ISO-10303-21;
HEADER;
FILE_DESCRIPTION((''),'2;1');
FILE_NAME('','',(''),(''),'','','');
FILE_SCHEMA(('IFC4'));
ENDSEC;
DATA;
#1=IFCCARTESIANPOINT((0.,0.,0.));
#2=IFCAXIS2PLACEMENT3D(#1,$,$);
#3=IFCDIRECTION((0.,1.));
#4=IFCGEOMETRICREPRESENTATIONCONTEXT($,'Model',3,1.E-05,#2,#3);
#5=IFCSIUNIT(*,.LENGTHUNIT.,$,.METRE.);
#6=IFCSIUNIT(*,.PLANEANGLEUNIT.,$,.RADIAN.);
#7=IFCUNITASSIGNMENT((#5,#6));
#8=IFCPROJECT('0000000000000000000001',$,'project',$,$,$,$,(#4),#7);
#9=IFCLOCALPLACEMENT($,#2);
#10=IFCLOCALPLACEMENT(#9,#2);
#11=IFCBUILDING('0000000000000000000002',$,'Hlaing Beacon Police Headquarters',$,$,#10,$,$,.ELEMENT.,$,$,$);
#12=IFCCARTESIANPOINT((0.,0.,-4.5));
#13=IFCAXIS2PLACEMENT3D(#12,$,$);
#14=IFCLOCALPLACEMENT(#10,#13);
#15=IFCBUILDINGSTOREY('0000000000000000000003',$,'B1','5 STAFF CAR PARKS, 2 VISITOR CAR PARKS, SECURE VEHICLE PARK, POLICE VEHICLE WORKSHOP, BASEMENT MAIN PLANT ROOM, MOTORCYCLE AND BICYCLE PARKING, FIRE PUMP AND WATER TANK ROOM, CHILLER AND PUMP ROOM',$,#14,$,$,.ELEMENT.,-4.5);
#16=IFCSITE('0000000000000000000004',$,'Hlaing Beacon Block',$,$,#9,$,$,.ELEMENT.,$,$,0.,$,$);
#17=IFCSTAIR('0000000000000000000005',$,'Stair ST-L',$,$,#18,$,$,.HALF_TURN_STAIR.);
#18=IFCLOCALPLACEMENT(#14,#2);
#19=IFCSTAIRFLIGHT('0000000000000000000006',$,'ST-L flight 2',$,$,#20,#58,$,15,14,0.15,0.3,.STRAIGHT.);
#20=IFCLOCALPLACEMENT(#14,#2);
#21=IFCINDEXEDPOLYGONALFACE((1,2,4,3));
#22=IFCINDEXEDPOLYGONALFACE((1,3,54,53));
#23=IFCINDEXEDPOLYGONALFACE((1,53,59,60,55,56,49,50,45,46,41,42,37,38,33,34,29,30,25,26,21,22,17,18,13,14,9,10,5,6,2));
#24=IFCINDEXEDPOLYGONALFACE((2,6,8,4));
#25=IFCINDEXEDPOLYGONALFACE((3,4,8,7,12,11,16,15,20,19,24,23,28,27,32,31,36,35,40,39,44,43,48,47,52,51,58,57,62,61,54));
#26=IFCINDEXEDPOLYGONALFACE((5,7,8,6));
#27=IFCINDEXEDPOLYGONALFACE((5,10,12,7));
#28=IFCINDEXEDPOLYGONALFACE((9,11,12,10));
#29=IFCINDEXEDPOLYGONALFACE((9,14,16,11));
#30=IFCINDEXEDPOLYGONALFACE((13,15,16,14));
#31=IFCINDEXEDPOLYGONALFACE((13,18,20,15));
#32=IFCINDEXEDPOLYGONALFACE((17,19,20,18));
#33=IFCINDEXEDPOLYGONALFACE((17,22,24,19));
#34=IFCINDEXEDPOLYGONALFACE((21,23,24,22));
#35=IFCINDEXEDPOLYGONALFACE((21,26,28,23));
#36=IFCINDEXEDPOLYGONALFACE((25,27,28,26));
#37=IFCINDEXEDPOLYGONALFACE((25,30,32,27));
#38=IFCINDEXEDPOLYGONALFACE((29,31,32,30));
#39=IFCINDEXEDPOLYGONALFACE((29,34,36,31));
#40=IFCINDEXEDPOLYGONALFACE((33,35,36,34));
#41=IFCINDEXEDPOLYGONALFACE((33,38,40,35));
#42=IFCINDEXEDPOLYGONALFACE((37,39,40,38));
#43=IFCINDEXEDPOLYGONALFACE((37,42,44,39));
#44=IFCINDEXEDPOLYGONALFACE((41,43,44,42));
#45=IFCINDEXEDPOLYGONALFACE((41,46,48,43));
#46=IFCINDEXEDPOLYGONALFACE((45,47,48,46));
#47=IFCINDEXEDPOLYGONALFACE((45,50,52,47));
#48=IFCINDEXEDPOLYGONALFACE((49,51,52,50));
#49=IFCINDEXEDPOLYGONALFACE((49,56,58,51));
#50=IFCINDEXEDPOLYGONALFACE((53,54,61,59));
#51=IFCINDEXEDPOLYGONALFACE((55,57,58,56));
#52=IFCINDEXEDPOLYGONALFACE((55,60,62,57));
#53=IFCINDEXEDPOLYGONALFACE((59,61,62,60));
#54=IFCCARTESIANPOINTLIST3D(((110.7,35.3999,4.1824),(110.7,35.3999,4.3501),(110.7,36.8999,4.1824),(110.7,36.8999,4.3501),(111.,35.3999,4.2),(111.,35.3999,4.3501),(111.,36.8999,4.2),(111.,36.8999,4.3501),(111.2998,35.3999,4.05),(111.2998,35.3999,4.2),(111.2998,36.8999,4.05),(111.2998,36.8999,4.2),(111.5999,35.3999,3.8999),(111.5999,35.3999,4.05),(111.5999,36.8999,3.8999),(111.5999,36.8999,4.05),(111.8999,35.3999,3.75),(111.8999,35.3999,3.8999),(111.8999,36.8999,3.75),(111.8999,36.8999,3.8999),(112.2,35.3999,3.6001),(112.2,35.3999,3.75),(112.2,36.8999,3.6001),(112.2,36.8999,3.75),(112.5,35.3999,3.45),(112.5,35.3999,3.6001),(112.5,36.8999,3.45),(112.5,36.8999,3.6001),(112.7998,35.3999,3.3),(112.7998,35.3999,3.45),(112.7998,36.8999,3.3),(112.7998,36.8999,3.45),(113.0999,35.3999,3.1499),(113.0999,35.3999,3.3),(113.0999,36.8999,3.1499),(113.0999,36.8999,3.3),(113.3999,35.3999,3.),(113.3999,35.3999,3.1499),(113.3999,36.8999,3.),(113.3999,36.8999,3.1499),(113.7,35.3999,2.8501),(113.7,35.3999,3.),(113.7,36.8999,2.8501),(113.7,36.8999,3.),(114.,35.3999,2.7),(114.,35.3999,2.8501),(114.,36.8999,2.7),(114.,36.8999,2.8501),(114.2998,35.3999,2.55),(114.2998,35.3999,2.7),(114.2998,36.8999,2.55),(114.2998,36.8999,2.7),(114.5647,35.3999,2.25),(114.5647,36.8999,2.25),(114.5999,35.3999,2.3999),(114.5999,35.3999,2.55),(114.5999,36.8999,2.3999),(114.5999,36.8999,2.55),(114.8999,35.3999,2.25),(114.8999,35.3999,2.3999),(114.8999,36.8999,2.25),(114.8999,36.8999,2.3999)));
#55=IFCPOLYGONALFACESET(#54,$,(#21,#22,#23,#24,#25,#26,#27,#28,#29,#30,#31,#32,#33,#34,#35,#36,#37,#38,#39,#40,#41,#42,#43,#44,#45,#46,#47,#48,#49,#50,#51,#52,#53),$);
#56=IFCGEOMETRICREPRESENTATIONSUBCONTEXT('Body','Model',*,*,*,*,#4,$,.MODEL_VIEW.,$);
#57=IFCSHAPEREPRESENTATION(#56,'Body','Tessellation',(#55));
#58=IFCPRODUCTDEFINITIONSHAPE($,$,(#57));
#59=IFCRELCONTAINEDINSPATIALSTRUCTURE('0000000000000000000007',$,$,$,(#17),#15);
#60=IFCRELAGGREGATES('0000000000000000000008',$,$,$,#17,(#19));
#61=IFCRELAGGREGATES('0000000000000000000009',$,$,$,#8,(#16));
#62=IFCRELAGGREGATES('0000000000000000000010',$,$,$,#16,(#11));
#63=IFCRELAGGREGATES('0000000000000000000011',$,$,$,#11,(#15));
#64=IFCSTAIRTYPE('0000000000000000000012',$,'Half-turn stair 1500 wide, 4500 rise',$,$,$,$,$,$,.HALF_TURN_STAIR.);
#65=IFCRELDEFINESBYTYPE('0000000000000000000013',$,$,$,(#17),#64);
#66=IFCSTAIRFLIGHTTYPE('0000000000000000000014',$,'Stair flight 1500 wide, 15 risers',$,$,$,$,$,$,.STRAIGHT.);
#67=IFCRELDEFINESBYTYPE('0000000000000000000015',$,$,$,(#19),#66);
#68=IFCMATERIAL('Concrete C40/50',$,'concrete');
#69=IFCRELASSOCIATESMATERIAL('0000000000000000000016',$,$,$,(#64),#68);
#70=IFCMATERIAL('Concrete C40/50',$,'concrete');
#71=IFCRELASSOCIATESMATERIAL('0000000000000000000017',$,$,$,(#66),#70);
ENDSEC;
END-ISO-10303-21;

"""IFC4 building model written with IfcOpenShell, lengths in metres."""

from ifc_helpers import new_model, si_unit, direction, frame, origin, place, context, subcontext, project, spatial, polyline, outline, extrude, material, type_object, element, aggregate, save


model = new_model("IFC4")

# Units and contexts
model_context = context("Model", 3, precision=1e-05, world=origin(), true_north=direction((0.0, 1.0)))
body_context = subcontext(model_context, "Body", "Model", "MODEL_VIEW")
ifc_project = project(units=[si_unit("LENGTHUNIT", "METRE"), si_unit("PLANEANGLEUNIT", "RADIAN")], contexts=[model_context])

# Site, building, storey
site_placement = place(None, origin())
site = spatial("IfcSite", under=ifc_project, at=site_placement, Name="Hlaing Beacon Block", CompositionType="ELEMENT", RefElevation=0.0)
building_placement = place(site_placement, origin())
building = spatial("IfcBuilding", under=site, at=building_placement, Name="Hlaing Beacon Police Headquarters", CompositionType="ELEMENT")
storey_placement = place(building_placement, frame((0.0, 0.0, -4.5)))
storey = spatial("IfcBuildingStorey", under=building, at=storey_placement, Name="B1", Description="5 STAFF CAR PARKS, 2 VISITOR CAR PARKS, SECURE VEHICLE PARK, POLICE VEHICLE WORKSHOP, BASEMENT MAIN PLANT ROOM, MOTORCYCLE AND BICYCLE PARKING, FIRE PUMP AND WATER TANK ROOM, CHILLER AND PUMP ROOM", CompositionType="ELEMENT", Elevation=-4.5)

# Stair, stair flight
ifc_material_1 = material(Name="Concrete C40/50", Category="concrete")
stair_type = type_object("IfcStairType", Name="Half-turn stair 1500 wide, 4500 rise", PredefinedType="HALF_TURN_STAIR", material=ifc_material_1)
stair_placement = place(storey_placement, origin())
stair = element("IfcStair", 1, at=stair_placement, inside=storey, type_object=stair_type, Name="Stair ST-L", PredefinedType="HALF_TURN_STAIR")
ifc_material_2 = material(Name="Concrete C40/50", Category="concrete")
stair_flight_type = type_object("IfcStairFlightType", Name="Stair flight 1500 wide, 15 risers", PredefinedType="STRAIGHT", material=ifc_material_2)
stair_flight_placement = place(storey_placement, frame((114.8999, 36.1499, 2.25), z_axis=(0.0, 0.0, 1.0), x_axis=(-1.0, 0.0, 0.0)))
stair_flight = element("IfcStairFlight", 2, at=stair_flight_placement, type_object=stair_flight_type, Name="ST-L flight 2", NumberOfRisers=15, NumberOfTreads=14, PredefinedType="STRAIGHT", RiserHeight=0.15, TreadLength=0.3, context=body_context, shape_type="SweptSolid", body=[
    extrude(outline(polyline([(0.0, 0.0), (0.0, 0.1499), (0.3, 0.1499), (0.3, 0.3), (0.6001, 0.3), (0.6001, 0.45), (0.8999, 0.45), (0.8999, 0.6001), (1.2, 0.6001), (1.2, 0.75), (1.5, 0.75), (1.5, 0.8999), (1.8, 0.8999), (1.8, 1.05), (2.1001, 1.05), (2.1001, 1.2), (2.3999, 1.2), (2.3999, 1.3501), (2.7, 1.3501), (2.7, 1.5), (3.0, 1.5), (3.0, 1.6499), (3.3, 1.6499), (3.3, 1.8), (3.6001, 1.8), (3.6001, 1.95), (3.8999, 1.95), (3.8999, 2.1001), (4.2, 2.1001), (4.2, 2.25), (4.2, 1.9324), (0.3352, 0.0), (0.0, 0.0)])), frame((0.0, 0.75, 0.0), z_axis=(0.0, -1.0, 0.0), x_axis=(1.0, 0.0, 0.0)), (0.0, 0.0, 1.0), 1.5),
])
aggregate(stair, [stair_flight])

save(model, "model.ifc")
